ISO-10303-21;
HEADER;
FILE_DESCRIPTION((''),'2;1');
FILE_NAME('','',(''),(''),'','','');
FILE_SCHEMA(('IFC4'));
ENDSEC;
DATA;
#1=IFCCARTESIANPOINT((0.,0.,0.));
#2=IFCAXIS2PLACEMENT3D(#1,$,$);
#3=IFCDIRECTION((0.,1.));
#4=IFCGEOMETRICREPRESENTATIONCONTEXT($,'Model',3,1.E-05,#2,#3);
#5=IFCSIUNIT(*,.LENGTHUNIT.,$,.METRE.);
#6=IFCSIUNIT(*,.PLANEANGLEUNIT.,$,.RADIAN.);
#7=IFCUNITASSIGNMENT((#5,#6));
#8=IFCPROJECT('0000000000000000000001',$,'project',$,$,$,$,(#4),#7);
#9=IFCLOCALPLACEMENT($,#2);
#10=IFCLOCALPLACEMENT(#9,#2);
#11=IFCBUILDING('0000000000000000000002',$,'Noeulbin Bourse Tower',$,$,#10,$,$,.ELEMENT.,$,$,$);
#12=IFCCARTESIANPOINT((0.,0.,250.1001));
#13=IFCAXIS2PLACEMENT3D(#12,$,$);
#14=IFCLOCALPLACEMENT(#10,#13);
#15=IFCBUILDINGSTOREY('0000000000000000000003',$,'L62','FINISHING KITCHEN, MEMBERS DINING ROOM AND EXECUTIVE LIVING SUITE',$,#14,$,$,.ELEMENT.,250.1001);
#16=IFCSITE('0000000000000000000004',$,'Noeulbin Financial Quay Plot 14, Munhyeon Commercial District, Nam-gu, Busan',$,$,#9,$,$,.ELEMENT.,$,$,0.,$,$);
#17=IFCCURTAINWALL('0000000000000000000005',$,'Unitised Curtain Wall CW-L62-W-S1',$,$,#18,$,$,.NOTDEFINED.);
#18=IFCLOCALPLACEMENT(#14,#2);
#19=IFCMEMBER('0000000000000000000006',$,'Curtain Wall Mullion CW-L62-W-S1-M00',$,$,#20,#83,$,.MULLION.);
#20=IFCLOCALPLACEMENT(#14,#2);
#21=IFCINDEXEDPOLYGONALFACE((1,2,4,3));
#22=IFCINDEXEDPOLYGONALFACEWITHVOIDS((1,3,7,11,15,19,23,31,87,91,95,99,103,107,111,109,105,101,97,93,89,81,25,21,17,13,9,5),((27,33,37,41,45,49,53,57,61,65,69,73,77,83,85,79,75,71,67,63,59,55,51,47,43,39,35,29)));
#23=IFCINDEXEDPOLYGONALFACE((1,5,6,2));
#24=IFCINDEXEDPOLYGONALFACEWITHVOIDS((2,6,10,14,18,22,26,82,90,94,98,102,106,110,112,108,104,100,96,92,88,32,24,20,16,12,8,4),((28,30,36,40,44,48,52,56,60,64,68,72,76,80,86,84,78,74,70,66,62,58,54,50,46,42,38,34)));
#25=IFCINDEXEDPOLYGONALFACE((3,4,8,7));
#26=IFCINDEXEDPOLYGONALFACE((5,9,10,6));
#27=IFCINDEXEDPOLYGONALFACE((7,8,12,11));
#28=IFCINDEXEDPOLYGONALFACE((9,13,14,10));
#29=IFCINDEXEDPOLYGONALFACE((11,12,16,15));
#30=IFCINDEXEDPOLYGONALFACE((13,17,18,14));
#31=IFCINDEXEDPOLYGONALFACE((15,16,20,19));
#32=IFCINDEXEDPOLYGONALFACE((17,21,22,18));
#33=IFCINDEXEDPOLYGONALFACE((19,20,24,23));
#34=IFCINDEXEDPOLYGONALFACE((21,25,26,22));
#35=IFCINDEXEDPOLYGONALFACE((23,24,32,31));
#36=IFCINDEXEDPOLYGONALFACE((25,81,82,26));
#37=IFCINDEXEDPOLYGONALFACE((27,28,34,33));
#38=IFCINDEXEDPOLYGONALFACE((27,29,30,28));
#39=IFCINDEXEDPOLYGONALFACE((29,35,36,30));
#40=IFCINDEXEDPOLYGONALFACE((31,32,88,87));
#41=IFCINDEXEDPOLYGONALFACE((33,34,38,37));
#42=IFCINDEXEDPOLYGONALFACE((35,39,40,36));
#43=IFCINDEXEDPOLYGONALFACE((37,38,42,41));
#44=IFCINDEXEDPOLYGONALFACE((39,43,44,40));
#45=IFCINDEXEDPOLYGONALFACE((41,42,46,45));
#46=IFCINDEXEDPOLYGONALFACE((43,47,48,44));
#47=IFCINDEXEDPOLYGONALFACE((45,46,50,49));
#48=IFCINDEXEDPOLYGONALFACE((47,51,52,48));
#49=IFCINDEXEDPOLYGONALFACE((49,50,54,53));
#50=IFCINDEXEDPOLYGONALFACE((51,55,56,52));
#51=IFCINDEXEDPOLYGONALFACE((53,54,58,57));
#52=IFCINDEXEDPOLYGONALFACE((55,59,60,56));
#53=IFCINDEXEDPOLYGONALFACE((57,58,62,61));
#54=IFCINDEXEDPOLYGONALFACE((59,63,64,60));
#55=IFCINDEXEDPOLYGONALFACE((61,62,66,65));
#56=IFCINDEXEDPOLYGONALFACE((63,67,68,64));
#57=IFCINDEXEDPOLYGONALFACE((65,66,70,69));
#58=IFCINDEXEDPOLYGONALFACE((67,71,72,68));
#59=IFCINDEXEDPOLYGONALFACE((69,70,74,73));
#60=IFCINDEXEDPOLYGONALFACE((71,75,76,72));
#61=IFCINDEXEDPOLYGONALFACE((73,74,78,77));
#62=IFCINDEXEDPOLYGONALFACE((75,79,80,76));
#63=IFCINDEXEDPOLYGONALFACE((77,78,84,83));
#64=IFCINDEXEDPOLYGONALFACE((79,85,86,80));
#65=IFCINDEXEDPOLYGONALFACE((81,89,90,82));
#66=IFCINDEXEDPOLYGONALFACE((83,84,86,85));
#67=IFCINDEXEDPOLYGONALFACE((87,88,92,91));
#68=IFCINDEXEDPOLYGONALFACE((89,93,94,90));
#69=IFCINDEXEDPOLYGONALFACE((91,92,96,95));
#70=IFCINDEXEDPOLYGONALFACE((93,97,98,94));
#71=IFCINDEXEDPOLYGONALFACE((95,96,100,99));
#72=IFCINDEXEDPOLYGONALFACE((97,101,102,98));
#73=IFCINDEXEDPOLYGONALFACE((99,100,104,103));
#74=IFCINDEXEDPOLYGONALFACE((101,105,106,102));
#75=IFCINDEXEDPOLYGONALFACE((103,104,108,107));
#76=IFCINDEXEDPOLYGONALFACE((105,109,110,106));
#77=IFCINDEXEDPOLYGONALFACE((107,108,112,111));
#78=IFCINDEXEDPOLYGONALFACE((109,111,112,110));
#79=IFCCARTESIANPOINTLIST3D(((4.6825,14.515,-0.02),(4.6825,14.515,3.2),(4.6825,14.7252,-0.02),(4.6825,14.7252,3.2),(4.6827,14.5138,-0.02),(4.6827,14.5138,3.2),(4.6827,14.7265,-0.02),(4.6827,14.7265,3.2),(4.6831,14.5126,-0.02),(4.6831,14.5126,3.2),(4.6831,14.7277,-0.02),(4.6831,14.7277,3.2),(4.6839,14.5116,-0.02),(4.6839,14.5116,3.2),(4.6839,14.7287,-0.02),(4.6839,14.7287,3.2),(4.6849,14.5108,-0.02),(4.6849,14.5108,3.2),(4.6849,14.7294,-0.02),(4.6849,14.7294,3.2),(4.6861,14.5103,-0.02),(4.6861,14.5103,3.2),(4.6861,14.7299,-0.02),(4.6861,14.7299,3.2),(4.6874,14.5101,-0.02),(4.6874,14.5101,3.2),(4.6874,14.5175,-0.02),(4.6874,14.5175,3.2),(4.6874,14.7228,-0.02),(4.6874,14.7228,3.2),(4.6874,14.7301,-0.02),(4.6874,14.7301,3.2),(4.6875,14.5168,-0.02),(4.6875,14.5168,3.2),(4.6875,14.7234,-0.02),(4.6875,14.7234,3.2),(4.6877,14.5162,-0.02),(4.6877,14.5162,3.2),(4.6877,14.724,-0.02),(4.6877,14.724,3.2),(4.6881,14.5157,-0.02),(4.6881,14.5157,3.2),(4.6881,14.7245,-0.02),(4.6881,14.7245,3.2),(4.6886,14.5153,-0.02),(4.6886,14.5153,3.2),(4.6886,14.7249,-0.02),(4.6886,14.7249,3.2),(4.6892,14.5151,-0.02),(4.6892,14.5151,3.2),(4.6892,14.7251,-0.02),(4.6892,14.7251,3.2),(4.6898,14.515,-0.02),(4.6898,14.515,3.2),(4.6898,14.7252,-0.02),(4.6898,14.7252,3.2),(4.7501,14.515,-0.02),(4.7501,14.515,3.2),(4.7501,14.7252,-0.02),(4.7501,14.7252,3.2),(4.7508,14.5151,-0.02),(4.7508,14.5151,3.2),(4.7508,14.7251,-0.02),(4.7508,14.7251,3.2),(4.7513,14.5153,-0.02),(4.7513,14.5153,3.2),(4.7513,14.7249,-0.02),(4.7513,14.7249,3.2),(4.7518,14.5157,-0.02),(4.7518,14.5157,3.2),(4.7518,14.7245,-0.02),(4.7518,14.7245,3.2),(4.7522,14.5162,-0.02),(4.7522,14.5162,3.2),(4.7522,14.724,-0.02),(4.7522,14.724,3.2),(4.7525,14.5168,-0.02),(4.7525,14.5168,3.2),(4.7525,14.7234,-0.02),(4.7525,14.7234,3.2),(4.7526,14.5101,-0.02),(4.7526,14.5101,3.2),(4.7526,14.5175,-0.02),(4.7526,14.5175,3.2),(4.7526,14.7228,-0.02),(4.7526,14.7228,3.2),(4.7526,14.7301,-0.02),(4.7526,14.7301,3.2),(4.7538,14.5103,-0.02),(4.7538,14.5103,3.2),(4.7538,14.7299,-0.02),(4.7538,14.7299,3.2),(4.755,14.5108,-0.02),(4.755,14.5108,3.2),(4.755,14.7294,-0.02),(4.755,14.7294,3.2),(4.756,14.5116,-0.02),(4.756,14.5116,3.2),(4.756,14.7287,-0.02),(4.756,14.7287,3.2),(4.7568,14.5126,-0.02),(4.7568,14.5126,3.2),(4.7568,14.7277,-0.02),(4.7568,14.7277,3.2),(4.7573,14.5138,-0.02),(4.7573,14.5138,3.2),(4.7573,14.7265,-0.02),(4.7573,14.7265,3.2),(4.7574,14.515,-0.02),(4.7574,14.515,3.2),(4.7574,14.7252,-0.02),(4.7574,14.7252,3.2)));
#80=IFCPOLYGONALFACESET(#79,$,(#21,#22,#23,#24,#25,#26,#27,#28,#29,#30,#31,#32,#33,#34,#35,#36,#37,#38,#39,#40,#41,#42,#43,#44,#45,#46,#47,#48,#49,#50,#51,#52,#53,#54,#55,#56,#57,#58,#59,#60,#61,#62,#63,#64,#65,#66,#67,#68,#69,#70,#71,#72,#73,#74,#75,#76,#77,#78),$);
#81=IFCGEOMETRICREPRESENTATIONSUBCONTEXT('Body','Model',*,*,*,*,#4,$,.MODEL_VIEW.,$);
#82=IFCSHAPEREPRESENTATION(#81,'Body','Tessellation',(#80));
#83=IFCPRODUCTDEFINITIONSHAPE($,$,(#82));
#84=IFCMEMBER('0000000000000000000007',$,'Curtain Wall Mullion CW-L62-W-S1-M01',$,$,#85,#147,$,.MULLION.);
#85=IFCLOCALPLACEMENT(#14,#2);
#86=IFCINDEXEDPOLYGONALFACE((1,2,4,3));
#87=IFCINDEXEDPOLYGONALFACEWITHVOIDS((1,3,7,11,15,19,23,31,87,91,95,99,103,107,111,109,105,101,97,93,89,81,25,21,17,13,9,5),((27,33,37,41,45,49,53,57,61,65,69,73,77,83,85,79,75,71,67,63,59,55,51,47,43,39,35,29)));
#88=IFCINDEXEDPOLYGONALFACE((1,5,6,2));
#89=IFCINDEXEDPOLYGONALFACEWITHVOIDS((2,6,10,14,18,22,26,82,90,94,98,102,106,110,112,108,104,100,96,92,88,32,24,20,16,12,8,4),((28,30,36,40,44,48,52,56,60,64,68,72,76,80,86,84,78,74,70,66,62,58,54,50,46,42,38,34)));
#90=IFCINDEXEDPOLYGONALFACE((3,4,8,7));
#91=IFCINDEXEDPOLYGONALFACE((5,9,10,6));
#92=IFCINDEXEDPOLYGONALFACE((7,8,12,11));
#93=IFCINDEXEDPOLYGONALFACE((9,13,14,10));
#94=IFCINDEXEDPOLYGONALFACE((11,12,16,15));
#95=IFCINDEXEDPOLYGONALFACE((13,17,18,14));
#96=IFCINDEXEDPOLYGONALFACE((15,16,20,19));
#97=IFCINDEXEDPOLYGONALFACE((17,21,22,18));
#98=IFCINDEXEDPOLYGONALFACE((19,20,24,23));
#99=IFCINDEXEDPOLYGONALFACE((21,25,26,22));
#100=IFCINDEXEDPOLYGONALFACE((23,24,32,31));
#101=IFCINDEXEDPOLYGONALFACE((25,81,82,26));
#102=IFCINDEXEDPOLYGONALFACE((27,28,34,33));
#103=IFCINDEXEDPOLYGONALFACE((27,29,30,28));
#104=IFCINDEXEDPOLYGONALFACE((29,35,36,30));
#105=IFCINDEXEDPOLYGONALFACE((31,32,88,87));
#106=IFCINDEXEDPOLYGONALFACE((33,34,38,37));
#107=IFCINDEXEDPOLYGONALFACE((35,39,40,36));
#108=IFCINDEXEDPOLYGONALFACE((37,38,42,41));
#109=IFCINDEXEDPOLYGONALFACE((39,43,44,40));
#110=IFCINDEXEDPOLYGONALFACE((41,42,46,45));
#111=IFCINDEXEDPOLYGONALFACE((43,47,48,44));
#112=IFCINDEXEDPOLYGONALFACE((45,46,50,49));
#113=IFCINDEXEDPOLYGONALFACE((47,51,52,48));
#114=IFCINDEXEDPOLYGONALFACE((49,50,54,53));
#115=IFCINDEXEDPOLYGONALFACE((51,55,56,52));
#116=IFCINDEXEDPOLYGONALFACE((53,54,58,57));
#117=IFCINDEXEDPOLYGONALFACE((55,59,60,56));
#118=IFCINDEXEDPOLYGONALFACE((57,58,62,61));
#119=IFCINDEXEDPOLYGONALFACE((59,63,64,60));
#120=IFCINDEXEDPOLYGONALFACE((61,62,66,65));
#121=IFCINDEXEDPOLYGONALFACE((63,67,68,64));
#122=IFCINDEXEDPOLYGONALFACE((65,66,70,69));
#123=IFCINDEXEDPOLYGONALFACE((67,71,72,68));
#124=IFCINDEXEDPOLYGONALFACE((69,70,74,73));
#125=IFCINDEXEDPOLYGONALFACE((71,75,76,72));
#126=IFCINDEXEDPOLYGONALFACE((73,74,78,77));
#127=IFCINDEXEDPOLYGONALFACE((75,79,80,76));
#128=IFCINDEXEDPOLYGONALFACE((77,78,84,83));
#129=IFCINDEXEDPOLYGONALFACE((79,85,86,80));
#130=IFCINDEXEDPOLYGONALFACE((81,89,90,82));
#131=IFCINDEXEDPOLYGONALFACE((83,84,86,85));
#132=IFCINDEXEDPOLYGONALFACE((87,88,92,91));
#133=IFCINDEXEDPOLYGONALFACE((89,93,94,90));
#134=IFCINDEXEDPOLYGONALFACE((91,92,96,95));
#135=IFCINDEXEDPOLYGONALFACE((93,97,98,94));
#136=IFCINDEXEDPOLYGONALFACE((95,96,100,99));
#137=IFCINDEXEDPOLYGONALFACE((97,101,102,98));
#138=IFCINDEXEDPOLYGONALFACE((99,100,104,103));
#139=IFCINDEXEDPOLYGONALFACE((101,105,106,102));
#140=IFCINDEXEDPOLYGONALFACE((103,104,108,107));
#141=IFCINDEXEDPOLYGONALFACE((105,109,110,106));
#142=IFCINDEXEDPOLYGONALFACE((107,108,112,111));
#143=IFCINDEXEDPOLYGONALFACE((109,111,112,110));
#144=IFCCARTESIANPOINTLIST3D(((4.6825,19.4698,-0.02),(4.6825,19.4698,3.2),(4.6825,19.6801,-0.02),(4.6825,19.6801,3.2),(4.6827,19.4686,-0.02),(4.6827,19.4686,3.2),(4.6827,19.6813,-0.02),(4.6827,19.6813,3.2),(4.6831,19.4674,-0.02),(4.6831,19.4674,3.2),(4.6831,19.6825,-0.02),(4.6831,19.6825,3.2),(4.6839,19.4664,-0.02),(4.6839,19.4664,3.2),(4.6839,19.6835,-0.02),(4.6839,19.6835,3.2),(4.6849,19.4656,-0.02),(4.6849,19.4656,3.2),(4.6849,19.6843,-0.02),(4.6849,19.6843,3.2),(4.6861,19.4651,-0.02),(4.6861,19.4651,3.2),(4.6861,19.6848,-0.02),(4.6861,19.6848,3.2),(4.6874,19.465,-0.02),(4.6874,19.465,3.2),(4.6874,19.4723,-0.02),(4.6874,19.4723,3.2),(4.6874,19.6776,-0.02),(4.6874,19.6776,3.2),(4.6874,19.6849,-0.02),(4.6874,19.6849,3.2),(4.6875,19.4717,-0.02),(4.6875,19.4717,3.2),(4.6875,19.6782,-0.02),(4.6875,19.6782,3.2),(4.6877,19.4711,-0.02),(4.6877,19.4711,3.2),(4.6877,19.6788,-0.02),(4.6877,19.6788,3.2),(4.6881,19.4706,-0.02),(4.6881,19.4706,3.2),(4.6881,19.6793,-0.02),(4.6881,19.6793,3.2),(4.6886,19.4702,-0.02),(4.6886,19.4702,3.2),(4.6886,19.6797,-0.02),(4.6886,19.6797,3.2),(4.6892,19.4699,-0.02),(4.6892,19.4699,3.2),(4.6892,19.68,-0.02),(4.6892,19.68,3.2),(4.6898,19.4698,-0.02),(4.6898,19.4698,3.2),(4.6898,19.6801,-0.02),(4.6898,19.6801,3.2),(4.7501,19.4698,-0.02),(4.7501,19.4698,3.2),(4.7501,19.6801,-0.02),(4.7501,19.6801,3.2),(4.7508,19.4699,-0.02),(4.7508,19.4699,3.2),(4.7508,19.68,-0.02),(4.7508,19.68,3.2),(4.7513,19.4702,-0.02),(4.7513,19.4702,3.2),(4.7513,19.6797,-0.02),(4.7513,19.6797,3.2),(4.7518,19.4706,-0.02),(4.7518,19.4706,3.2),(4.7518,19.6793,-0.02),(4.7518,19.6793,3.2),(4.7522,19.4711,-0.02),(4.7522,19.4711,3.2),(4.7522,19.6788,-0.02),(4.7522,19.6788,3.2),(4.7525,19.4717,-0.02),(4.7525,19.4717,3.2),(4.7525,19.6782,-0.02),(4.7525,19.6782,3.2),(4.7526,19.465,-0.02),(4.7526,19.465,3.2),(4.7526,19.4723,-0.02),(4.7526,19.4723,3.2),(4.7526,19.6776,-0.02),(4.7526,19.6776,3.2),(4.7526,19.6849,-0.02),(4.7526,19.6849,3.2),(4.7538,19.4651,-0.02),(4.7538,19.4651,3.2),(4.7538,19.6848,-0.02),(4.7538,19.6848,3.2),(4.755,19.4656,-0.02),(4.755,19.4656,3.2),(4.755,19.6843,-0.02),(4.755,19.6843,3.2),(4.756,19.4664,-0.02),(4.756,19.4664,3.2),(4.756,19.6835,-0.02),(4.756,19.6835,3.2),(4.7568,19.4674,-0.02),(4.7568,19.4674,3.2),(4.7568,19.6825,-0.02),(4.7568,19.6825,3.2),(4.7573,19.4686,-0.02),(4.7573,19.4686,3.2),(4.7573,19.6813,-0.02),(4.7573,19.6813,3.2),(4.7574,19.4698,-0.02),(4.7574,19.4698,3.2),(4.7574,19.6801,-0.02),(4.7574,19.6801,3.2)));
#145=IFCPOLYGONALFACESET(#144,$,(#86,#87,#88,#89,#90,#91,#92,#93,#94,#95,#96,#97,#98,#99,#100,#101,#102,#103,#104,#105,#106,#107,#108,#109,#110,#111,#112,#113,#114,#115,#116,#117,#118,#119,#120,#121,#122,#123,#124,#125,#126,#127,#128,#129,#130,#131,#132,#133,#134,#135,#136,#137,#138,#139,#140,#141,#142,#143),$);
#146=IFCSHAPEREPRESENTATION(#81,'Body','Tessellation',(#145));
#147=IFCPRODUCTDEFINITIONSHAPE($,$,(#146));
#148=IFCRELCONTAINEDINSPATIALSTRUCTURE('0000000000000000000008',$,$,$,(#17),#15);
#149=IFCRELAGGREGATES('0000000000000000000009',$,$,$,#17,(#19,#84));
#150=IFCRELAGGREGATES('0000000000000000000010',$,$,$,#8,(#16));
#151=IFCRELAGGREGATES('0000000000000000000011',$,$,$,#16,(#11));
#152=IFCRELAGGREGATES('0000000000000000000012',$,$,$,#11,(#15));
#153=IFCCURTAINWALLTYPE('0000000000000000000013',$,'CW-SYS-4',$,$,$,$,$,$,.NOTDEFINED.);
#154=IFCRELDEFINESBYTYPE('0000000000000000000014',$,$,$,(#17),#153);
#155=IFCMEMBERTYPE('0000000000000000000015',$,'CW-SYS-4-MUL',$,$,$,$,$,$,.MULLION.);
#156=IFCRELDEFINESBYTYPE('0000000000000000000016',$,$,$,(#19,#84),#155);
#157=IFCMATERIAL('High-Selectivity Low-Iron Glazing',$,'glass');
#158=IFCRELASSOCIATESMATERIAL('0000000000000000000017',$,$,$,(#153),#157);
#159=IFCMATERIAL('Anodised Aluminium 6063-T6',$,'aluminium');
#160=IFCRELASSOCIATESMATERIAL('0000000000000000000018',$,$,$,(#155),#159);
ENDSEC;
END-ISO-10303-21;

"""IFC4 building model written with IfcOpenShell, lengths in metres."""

from ifc_helpers import new_model, si_unit, direction, frame, origin, origin_2d, place, context, subcontext, project, spatial, hollow_rectangle, extrude, material, material_profile, profile_set, type_object, element, aggregate, save


model = new_model("IFC4")

# Units and contexts
model_context = context("Model", 3, precision=1e-05, world=origin(), true_north=direction((0.0, 1.0)))
body_context = subcontext(model_context, "Body", "Model", "MODEL_VIEW")
ifc_project = project(units=[si_unit("LENGTHUNIT", "METRE"), si_unit("PLANEANGLEUNIT", "RADIAN")], contexts=[model_context])

# Site, building, storey
site_placement = place(None, origin())
site = spatial("IfcSite", under=ifc_project, at=site_placement, Name="Noeulbin Financial Quay Plot 14, Munhyeon Commercial District, Nam-gu, Busan", CompositionType="ELEMENT", RefElevation=0.0)
building_placement = place(site_placement, origin())
building = spatial("IfcBuilding", under=site, at=building_placement, Name="Noeulbin Bourse Tower", CompositionType="ELEMENT")
storey_placement = place(building_placement, frame((0.0, 0.0, 250.1001)))
storey = spatial("IfcBuildingStorey", under=building, at=storey_placement, Name="L62", Description="FINISHING KITCHEN, MEMBERS DINING ROOM AND EXECUTIVE LIVING SUITE", CompositionType="ELEMENT", Elevation=250.1001)

# Curtain wall, members
ifc_material_1 = material(Name="High-Selectivity Low-Iron Glazing", Category="glass")
curtain_wall_type = type_object("IfcCurtainWallType", Name="CW-SYS-4", PredefinedType="NOTDEFINED", material=ifc_material_1)
curtain_wall_1_placement = place(storey_placement, origin())
curtain_wall_1 = element("IfcCurtainWall", 1, at=curtain_wall_1_placement, inside=storey, type_object=curtain_wall_type, Name="Unitised Curtain Wall CW-L62-W-S1", PredefinedType="NOTDEFINED")
ifc_material_2 = material(Name="Anodised Aluminium 6063-T6", Category="aluminium")
ifc_material_profile_1 = material_profile(ifc_material_2, hollow_rectangle(XDim=0.075, YDim=0.22, WallThickness=0.0049, InnerFilletRadius=0.0024, OuterFilletRadius=0.0049, at=origin_2d()), Name="ALU-MULL-75x220x5", Category="LoadBearing")
ifc_profile_set_1 = profile_set([ifc_material_profile_1], Name="Anodised Aluminium 6063-T6")
member_type_1 = type_object("IfcMemberType", Name="CW-SYS-4-MUL", PredefinedType="MULLION", material=ifc_profile_set_1)
member_1_placement = place(storey_placement, frame((4.72, 14.6201, -0.02), z_axis=(0.0, 0.0, 1.0), x_axis=(1.0, 0.0, 0.0)))
member_1 = element("IfcMember", 2, at=member_1_placement, type_object=member_type_1, Name="Curtain Wall Mullion CW-L62-W-S1-M00", PredefinedType="MULLION", context=body_context, shape_type="SweptSolid", body=[
    extrude(hollow_rectangle(XDim=0.075, YDim=0.22, WallThickness=0.0049, InnerFilletRadius=0.0024, OuterFilletRadius=0.0049, at=origin_2d()), origin(), (0.0, 0.0, 1.0), 3.22),
])
member_2_placement = place(storey_placement, frame((4.72, 19.575, -0.02), z_axis=(0.0, 0.0, 1.0), x_axis=(1.0, 0.0, 0.0)))
member_2 = element("IfcMember", 3, at=member_2_placement, type_object=member_type_1, Name="Curtain Wall Mullion CW-L62-W-S1-M01", PredefinedType="MULLION", context=body_context, shape_type="SweptSolid", body=[
    extrude(hollow_rectangle(XDim=0.075, YDim=0.22, WallThickness=0.0049, InnerFilletRadius=0.0024, OuterFilletRadius=0.0049, at=origin_2d()), origin(), (0.0, 0.0, 1.0), 3.22),
])

aggregate(curtain_wall_1, [member_1, member_2])

save(model, "model.ifc")
